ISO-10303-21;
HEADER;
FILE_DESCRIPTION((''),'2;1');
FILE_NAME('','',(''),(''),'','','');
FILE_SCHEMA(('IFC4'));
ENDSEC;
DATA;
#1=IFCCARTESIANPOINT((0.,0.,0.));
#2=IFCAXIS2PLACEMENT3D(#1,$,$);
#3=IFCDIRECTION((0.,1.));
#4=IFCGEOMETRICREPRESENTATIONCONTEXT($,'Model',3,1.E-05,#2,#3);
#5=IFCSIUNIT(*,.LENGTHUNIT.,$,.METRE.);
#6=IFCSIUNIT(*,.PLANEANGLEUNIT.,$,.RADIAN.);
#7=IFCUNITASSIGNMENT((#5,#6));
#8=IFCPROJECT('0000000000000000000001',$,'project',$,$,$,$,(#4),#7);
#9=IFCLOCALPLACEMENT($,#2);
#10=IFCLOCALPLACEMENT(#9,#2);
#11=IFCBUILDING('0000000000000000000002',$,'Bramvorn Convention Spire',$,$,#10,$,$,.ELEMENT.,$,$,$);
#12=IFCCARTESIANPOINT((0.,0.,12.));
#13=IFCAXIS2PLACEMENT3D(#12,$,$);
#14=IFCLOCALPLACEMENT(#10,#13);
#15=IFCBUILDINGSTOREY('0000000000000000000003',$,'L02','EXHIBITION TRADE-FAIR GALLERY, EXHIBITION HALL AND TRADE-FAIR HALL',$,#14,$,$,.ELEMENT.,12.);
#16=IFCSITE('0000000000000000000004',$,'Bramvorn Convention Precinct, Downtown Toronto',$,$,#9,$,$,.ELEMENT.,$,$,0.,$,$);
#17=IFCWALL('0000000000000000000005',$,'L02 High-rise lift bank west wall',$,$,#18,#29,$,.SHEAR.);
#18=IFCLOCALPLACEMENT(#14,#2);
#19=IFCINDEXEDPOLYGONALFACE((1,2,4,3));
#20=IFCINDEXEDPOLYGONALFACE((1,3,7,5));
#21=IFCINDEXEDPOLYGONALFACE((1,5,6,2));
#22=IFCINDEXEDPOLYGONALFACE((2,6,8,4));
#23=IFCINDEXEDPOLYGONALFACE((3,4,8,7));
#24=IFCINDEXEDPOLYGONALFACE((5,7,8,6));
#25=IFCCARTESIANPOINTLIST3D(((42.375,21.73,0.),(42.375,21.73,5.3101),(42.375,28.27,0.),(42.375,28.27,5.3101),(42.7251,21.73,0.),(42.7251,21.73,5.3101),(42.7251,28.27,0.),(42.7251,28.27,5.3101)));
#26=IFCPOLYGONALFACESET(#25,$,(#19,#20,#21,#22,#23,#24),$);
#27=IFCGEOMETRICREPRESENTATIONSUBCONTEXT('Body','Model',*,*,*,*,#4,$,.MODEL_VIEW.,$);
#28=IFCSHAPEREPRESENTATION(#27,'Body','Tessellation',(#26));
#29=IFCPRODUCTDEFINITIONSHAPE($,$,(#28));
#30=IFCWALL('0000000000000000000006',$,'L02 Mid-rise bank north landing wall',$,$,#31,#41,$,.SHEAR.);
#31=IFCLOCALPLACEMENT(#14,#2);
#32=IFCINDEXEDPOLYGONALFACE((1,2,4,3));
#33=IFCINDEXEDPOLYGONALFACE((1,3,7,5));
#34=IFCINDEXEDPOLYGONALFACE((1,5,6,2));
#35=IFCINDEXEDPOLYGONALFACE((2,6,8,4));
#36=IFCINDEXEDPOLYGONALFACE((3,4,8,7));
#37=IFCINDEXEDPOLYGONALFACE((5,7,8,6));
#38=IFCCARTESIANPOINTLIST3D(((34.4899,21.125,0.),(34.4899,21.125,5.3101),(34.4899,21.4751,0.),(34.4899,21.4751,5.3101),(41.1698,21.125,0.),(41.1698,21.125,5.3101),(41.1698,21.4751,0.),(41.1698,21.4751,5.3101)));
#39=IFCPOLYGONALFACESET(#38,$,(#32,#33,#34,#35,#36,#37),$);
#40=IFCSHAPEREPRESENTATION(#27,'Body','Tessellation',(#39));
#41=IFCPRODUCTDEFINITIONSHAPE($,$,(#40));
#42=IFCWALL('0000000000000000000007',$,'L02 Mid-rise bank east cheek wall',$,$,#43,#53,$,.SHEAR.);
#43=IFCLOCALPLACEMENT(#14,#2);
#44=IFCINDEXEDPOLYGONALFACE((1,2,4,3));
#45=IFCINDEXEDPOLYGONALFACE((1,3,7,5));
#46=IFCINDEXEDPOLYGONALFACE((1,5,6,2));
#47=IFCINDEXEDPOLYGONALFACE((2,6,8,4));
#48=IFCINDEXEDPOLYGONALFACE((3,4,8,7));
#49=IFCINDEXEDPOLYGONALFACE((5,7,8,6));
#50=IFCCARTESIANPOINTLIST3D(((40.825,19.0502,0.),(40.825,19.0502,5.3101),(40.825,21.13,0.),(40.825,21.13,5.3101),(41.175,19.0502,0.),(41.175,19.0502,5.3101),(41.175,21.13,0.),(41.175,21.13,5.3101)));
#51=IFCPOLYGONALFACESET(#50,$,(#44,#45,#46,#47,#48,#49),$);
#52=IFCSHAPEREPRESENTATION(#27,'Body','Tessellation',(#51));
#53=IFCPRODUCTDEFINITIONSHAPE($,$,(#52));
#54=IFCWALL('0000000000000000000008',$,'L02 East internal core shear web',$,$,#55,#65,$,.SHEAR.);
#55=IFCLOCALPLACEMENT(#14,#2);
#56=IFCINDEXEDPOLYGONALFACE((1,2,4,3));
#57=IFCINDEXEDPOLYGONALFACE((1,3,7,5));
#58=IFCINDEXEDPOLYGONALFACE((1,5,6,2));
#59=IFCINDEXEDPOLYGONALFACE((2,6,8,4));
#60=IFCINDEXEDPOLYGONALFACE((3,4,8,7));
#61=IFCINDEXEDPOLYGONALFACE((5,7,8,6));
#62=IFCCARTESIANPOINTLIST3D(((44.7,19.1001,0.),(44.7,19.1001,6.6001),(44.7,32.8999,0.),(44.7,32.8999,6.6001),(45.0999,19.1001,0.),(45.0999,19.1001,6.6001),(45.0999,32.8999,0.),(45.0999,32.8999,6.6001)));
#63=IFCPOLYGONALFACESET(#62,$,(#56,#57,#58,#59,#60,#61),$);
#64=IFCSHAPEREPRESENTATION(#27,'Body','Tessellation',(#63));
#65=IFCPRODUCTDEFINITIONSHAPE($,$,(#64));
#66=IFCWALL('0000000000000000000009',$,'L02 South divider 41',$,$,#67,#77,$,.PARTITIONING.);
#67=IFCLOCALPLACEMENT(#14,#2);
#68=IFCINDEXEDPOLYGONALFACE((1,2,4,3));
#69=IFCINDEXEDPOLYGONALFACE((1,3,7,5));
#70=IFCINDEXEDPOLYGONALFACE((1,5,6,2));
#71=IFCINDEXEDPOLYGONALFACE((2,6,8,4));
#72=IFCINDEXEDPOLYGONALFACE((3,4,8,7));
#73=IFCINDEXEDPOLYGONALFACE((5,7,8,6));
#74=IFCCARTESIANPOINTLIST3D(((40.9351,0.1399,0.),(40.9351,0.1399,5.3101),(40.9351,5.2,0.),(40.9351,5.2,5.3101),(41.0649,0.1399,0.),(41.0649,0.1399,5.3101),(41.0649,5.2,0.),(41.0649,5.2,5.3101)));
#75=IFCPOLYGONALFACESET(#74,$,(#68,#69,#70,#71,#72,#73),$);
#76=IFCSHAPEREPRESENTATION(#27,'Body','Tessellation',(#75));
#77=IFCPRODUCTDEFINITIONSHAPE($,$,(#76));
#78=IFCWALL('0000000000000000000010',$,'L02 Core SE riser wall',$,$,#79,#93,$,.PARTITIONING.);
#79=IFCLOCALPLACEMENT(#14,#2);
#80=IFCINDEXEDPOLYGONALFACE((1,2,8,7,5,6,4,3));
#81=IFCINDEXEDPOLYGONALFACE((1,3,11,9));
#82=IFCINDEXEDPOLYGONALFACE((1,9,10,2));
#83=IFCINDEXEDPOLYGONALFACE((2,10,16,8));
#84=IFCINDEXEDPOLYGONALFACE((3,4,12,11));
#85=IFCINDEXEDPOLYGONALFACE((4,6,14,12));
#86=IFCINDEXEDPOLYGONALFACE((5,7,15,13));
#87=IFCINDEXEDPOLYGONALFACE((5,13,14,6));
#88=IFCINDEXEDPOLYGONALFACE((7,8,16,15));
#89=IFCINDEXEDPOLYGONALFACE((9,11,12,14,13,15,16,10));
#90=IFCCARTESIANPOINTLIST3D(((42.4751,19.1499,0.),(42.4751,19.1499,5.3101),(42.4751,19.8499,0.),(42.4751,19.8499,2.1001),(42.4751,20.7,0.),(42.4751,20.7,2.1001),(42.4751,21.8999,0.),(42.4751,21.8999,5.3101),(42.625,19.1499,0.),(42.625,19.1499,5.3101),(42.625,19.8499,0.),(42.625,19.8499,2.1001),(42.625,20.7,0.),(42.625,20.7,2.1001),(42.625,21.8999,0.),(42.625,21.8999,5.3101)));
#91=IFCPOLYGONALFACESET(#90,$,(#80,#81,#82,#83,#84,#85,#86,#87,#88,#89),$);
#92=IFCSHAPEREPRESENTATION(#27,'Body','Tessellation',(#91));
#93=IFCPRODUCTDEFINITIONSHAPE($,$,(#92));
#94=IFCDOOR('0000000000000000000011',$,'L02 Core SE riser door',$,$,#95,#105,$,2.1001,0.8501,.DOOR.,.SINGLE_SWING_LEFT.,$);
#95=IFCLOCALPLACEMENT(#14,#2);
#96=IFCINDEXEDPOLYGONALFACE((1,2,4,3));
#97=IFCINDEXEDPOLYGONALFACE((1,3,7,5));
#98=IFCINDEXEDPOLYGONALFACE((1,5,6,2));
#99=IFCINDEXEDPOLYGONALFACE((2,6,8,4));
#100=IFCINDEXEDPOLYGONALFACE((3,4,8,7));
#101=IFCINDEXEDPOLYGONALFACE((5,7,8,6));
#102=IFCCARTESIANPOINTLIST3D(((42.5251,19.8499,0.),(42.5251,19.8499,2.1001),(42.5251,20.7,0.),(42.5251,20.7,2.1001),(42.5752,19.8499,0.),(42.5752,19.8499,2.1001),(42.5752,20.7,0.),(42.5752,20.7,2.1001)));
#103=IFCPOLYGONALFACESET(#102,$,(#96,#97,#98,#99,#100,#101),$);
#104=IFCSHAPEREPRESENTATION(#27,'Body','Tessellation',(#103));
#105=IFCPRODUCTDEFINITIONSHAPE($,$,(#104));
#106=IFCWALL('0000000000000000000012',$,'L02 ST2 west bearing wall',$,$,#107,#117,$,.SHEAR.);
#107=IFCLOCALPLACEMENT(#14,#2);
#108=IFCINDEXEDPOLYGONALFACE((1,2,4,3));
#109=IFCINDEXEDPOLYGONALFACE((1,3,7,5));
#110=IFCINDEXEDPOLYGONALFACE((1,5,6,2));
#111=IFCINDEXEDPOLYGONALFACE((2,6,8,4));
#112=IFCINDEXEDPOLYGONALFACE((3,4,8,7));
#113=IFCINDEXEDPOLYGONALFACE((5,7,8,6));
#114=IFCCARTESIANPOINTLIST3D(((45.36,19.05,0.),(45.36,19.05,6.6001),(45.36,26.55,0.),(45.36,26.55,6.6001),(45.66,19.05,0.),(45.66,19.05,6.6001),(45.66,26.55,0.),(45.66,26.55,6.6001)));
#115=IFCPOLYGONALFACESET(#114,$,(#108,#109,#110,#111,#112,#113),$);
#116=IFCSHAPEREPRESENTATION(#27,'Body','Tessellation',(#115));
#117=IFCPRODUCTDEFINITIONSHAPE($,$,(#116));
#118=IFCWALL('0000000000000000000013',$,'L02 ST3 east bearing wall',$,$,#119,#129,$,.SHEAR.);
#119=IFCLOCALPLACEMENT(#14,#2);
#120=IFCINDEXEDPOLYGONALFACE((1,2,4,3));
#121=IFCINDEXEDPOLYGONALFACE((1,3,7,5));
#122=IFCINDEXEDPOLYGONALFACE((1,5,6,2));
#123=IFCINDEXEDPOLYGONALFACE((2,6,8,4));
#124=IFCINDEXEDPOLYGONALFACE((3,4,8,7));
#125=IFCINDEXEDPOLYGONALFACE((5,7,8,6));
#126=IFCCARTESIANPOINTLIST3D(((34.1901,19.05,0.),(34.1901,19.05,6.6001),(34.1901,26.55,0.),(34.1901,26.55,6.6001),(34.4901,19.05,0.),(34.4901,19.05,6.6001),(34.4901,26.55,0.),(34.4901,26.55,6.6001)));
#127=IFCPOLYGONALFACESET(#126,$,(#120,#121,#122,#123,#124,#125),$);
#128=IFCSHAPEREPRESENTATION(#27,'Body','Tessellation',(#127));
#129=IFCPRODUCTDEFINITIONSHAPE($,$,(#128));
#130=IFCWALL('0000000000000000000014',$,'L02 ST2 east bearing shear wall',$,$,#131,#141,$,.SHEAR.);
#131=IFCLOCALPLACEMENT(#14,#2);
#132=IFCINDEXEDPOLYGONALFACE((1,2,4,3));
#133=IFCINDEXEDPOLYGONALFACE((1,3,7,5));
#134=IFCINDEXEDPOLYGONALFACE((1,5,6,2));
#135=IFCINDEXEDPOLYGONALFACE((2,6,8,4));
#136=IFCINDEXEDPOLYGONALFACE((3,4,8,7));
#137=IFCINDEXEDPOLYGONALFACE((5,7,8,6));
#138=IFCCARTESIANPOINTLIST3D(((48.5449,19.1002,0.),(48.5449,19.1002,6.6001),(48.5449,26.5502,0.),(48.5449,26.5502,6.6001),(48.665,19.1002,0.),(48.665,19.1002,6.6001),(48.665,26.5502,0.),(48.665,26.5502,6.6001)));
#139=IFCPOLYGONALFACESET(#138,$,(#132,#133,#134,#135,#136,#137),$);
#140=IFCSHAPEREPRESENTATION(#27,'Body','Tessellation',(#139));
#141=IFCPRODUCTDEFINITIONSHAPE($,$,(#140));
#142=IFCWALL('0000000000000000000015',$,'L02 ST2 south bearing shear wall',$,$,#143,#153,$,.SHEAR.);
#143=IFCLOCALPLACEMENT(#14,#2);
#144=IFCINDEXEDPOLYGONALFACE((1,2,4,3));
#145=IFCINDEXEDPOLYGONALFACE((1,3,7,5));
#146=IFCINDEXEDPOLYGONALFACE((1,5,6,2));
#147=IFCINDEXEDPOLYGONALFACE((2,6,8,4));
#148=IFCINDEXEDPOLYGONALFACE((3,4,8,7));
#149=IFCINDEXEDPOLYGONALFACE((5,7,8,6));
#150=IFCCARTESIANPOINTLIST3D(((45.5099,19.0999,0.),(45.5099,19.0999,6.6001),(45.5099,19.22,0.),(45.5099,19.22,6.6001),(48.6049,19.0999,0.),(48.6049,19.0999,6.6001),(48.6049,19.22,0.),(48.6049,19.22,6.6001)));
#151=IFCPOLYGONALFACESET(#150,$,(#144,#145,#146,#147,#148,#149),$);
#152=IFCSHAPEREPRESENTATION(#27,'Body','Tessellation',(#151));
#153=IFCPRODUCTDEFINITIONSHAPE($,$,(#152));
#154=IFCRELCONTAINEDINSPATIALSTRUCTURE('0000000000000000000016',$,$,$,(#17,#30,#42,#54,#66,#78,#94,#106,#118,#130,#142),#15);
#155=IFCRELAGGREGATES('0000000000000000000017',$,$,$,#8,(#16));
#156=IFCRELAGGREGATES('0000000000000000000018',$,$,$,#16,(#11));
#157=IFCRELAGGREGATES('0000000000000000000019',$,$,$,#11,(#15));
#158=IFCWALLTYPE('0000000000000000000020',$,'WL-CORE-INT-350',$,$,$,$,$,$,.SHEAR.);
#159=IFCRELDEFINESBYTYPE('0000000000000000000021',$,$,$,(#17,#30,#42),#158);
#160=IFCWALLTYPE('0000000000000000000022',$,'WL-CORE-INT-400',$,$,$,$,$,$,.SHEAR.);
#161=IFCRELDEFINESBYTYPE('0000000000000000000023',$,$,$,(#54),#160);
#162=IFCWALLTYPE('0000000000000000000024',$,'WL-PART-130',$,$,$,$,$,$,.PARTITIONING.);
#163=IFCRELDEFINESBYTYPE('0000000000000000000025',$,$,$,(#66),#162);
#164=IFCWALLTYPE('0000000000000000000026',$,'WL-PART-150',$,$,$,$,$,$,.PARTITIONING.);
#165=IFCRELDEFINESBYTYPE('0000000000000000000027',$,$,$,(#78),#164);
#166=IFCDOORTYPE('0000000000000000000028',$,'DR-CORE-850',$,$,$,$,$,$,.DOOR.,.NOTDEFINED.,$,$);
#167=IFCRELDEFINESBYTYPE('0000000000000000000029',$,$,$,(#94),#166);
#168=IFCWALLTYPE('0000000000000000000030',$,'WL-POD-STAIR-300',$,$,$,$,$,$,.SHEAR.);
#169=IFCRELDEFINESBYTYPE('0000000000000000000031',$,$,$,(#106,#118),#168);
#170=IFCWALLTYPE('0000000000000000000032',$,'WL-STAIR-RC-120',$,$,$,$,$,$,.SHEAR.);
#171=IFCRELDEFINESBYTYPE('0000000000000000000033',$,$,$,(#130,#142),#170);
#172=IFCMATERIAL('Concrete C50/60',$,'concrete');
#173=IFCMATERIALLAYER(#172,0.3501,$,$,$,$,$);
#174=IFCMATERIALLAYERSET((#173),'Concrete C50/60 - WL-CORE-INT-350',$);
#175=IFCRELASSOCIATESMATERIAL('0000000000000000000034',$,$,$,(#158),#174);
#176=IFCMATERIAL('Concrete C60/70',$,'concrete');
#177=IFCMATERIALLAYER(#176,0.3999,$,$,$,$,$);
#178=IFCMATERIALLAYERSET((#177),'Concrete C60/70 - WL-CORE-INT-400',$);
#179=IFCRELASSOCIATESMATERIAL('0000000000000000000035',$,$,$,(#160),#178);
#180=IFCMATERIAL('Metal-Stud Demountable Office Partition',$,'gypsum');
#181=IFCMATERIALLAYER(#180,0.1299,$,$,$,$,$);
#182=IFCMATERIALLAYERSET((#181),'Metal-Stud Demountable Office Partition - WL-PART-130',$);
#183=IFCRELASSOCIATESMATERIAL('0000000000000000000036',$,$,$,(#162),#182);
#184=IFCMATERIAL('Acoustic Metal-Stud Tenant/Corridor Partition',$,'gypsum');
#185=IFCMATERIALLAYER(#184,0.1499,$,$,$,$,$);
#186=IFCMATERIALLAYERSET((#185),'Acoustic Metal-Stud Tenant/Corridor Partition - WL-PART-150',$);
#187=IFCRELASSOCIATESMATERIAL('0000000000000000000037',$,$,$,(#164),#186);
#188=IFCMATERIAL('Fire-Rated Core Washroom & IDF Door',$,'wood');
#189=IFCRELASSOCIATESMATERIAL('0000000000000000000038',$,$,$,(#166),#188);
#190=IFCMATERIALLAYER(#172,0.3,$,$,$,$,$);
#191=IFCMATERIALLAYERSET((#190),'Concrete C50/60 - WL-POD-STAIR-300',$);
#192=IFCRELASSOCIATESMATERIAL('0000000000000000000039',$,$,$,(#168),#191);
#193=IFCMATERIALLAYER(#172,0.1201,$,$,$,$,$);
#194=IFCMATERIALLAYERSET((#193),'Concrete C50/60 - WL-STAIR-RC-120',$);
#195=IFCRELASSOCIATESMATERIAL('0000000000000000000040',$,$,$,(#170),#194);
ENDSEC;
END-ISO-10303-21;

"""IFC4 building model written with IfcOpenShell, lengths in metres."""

from ifc_helpers import new_model, si_unit, direction, frame, frame_2d, origin, place, context, subcontext, project, spatial, rectangle, extrude, material, layer, layer_set, type_object, element, fill, save


model = new_model("IFC4")

# Units and contexts
model_context = context("Model", 3, precision=1e-05, world=origin(), true_north=direction((0.0, 1.0)))
body_context = subcontext(model_context, "Body", "Model", "MODEL_VIEW")
ifc_project = project(units=[si_unit("LENGTHUNIT", "METRE"), si_unit("PLANEANGLEUNIT", "RADIAN")], contexts=[model_context])

# Site, building, storey
site_placement = place(None, origin())
site = spatial("IfcSite", under=ifc_project, at=site_placement, Name="Bramvorn Convention Precinct, Downtown Toronto", CompositionType="ELEMENT", RefElevation=0.0)
building_placement = place(site_placement, origin())
building = spatial("IfcBuilding", under=site, at=building_placement, Name="Bramvorn Convention Spire", CompositionType="ELEMENT")
storey_placement = place(building_placement, frame((0.0, 0.0, 12.0)))
storey = spatial("IfcBuildingStorey", under=building, at=storey_placement, Name="L02", Description="EXHIBITION TRADE-FAIR GALLERY, EXHIBITION HALL AND TRADE-FAIR HALL", CompositionType="ELEMENT", Elevation=12.0)

# Shared definitions
ifc_material_1 = material(Name="Concrete C60/70", Category="concrete")

# Walls
ifc_material_2 = material(Name="Concrete C50/60", Category="concrete")
ifc_layer_1 = layer(ifc_material_2, 0.3501)
ifc_layer_set_1 = layer_set([ifc_layer_1], Name="Concrete C50/60 - WL-CORE-INT-350")
wall_type_1 = type_object("IfcWallType", Name="WL-CORE-INT-350", PredefinedType="SHEAR", material=ifc_layer_set_1)
wall_1_placement = place(storey_placement, frame((42.55, 21.73, 0.0), z_axis=(0.0, 0.0, 1.0), x_axis=(0.0, 1.0, 0.0)))
element("IfcWall", 1, at=wall_1_placement, inside=storey, type_object=wall_type_1, Name="L02 High-rise lift bank west wall", PredefinedType="SHEAR", context=body_context, shape_type="SweptSolid", body=[
    extrude(rectangle(XDim=6.54, YDim=0.3501, at=frame_2d((3.27, 0.0))), origin(), (0.0, 0.0, 1.0), 5.3101),
])
wall_2_placement = place(storey_placement, frame((34.49, 21.3, 0.0), z_axis=(0.0, 0.0, 1.0), x_axis=(1.0, 0.0, 0.0)))
element("IfcWall", 2, at=wall_2_placement, inside=storey, type_object=wall_type_1, Name="L02 Mid-rise bank north landing wall", PredefinedType="SHEAR", context=body_context, shape_type="SweptSolid", body=[
    extrude(rectangle(XDim=6.6799, YDim=0.3501, at=frame_2d((3.3398, 0.0))), origin(), (0.0, 0.0, 1.0), 5.3101),
])
wall_3_placement = place(storey_placement, frame((41.0, 19.05, 0.0), z_axis=(0.0, 0.0, 1.0), x_axis=(0.0, 1.0, 0.0)))
element("IfcWall", 3, at=wall_3_placement, inside=storey, type_object=wall_type_1, Name="L02 Mid-rise bank east cheek wall", PredefinedType="SHEAR", context=body_context, shape_type="SweptSolid", body=[
    extrude(rectangle(XDim=2.0798, YDim=0.3501, at=frame_2d((1.04, 0.0))), origin(), (0.0, 0.0, 1.0), 5.3101),
])
ifc_layer_2 = layer(ifc_material_1, 0.3999)
ifc_layer_set_2 = layer_set([ifc_layer_2], Name="Concrete C60/70 - WL-CORE-INT-400")
wall_type_2 = type_object("IfcWallType", Name="WL-CORE-INT-400", PredefinedType="SHEAR", material=ifc_layer_set_2)
wall_4_placement = place(storey_placement, frame((44.8999, 19.1001, 0.0), z_axis=(0.0, 0.0, 1.0), x_axis=(0.0, 1.0, 0.0)))
element("IfcWall", 4, at=wall_4_placement, inside=storey, type_object=wall_type_2, Name="L02 East internal core shear web", PredefinedType="SHEAR", context=body_context, shape_type="SweptSolid", body=[
    extrude(rectangle(XDim=13.7998, YDim=0.3999, at=frame_2d((6.8999, 0.0))), origin(), (0.0, 0.0, 1.0), 6.6001),
])
ifc_material_3 = material(Name="Metal-Stud Demountable Office Partition", Category="gypsum")
ifc_layer_3 = layer(ifc_material_3, 0.1299)
ifc_layer_set_3 = layer_set([ifc_layer_3], Name="Metal-Stud Demountable Office Partition - WL-PART-130")
wall_type_3 = type_object("IfcWallType", Name="WL-PART-130", PredefinedType="PARTITIONING", material=ifc_layer_set_3)
wall_5_placement = place(storey_placement, frame((41.0, 0.1399, 0.0), z_axis=(0.0, 0.0, 1.0), x_axis=(0.0, 1.0, 0.0)))
element("IfcWall", 5, at=wall_5_placement, inside=storey, type_object=wall_type_3, Name="L02 South divider 41", PredefinedType="PARTITIONING", context=body_context, shape_type="SweptSolid", body=[
    extrude(rectangle(XDim=5.0601, YDim=0.1299, at=frame_2d((2.53, 0.0))), origin(), (0.0, 0.0, 1.0), 5.3101),
])

# Wall, opening, door
ifc_material_4 = material(Name="Acoustic Metal-Stud Tenant/Corridor Partition", Category="gypsum")
ifc_layer_4 = layer(ifc_material_4, 0.1499)
ifc_layer_set_4 = layer_set([ifc_layer_4], Name="Acoustic Metal-Stud Tenant/Corridor Partition - WL-PART-150")
wall_type_4 = type_object("IfcWallType", Name="WL-PART-150", PredefinedType="PARTITIONING", material=ifc_layer_set_4)
wall_6_placement = place(storey_placement, frame((42.55, 19.1499, 0.0), z_axis=(0.0, 0.0, 1.0), x_axis=(0.0, 1.0, 0.0)))
wall_6 = element("IfcWall", 6, at=wall_6_placement, inside=storey, type_object=wall_type_4, Name="L02 Core SE riser wall", PredefinedType="PARTITIONING", context=body_context, shape_type="SweptSolid", body=[
    extrude(rectangle(XDim=2.75, YDim=0.1499, at=frame_2d((1.375, 0.0))), origin(), (0.0, 0.0, 1.0), 5.3101),
])
opening_placement = place(wall_6_placement, frame((0.7, 0.0, 0.0)))
opening = element("IfcOpeningElement", 7, at=opening_placement, cuts=wall_6, PredefinedType="OPENING", context=body_context, shape_type="SweptSolid", body=[
    extrude(rectangle(XDim=0.8501, YDim=2.1001, at=frame_2d((0.425, 1.05))), frame((0.0, 0.085, 0.0), z_axis=(0.0, -1.0, 0.0), x_axis=(1.0, 0.0, 0.0)), (0.0, 0.0, 1.0), 0.1699),
])
ifc_material_5 = material(Name="Fire-Rated Core Washroom & IDF Door", Category="wood")
door_type = type_object("IfcDoorType", Name="DR-CORE-850", OperationType="NOTDEFINED", PredefinedType="DOOR", material=ifc_material_5)
door_placement = place(opening_placement, origin())
door = element("IfcDoor", 8, at=door_placement, inside=storey, type_object=door_type, Name="L02 Core SE riser door", OperationType="SINGLE_SWING_LEFT", OverallHeight=2.1001, OverallWidth=0.8501, PredefinedType="DOOR", context=body_context, shape_type="SweptSolid", body=[
    extrude(rectangle(XDim=0.8501, YDim=2.1001, at=frame_2d((0.425, 1.05))), frame((0.0, 0.0249, 0.0), z_axis=(0.0, -1.0, 0.0), x_axis=(1.0, 0.0, 0.0)), (0.0, 0.0, 1.0), 0.05),
])
fill(opening, door)

# Walls
ifc_layer_5 = layer(ifc_material_2, 0.3)
ifc_layer_set_5 = layer_set([ifc_layer_5], Name="Concrete C50/60 - WL-POD-STAIR-300")
wall_type_5 = type_object("IfcWallType", Name="WL-POD-STAIR-300", PredefinedType="SHEAR", material=ifc_layer_set_5)
for number, where, z_axis, x_axis, name in (
    (9, (45.51, 19.05, 0.0), (0.0, 0.0, 1.0), (0.0, 1.0, 0.0), "L02 ST2 west bearing wall"),
    (10, (34.3401, 19.05, 0.0), (0.0, 0.0, 1.0), (0.0, 1.0, 0.0), "L02 ST3 east bearing wall"),
):
    element("IfcWall", number, at=place(storey_placement, frame(where, z_axis=z_axis, x_axis=x_axis)), inside=storey, type_object=wall_type_5, Name=name, PredefinedType="SHEAR", context=body_context, shape_type="SweptSolid", body=[
        extrude(rectangle(XDim=7.5, YDim=0.3, at=frame_2d((3.75, 0.0))), origin(), (0.0, 0.0, 1.0), 6.6001),
    ])
ifc_layer_6 = layer(ifc_material_2, 0.1201)
ifc_layer_set_6 = layer_set([ifc_layer_6], Name="Concrete C50/60 - WL-STAIR-RC-120")
wall_type_6 = type_object("IfcWallType", Name="WL-STAIR-RC-120", PredefinedType="SHEAR", material=ifc_layer_set_6)
wall_7_placement = place(storey_placement, frame((48.605, 19.1001, 0.0), z_axis=(0.0, 0.0, 1.0), x_axis=(0.0, 1.0, 0.0)))
element("IfcWall", 11, at=wall_7_placement, inside=storey, type_object=wall_type_6, Name="L02 ST2 east bearing shear wall", PredefinedType="SHEAR", context=body_context, shape_type="SweptSolid", body=[
    extrude(rectangle(XDim=7.45, YDim=0.1201, at=frame_2d((3.7251, 0.0))), origin(), (0.0, 0.0, 1.0), 6.6001),
])
wall_8_placement = place(storey_placement, frame((45.51, 19.1599, 0.0), z_axis=(0.0, 0.0, 1.0), x_axis=(1.0, 0.0, 0.0)))
element("IfcWall", 12, at=wall_8_placement, inside=storey, type_object=wall_type_6, Name="L02 ST2 south bearing shear wall", PredefinedType="SHEAR", context=body_context, shape_type="SweptSolid", body=[
    extrude(rectangle(XDim=3.095, YDim=0.1201, at=frame_2d((1.5474, 0.0))), origin(), (0.0, 0.0, 1.0), 6.6001),
])

save(model, "model.ifc")
